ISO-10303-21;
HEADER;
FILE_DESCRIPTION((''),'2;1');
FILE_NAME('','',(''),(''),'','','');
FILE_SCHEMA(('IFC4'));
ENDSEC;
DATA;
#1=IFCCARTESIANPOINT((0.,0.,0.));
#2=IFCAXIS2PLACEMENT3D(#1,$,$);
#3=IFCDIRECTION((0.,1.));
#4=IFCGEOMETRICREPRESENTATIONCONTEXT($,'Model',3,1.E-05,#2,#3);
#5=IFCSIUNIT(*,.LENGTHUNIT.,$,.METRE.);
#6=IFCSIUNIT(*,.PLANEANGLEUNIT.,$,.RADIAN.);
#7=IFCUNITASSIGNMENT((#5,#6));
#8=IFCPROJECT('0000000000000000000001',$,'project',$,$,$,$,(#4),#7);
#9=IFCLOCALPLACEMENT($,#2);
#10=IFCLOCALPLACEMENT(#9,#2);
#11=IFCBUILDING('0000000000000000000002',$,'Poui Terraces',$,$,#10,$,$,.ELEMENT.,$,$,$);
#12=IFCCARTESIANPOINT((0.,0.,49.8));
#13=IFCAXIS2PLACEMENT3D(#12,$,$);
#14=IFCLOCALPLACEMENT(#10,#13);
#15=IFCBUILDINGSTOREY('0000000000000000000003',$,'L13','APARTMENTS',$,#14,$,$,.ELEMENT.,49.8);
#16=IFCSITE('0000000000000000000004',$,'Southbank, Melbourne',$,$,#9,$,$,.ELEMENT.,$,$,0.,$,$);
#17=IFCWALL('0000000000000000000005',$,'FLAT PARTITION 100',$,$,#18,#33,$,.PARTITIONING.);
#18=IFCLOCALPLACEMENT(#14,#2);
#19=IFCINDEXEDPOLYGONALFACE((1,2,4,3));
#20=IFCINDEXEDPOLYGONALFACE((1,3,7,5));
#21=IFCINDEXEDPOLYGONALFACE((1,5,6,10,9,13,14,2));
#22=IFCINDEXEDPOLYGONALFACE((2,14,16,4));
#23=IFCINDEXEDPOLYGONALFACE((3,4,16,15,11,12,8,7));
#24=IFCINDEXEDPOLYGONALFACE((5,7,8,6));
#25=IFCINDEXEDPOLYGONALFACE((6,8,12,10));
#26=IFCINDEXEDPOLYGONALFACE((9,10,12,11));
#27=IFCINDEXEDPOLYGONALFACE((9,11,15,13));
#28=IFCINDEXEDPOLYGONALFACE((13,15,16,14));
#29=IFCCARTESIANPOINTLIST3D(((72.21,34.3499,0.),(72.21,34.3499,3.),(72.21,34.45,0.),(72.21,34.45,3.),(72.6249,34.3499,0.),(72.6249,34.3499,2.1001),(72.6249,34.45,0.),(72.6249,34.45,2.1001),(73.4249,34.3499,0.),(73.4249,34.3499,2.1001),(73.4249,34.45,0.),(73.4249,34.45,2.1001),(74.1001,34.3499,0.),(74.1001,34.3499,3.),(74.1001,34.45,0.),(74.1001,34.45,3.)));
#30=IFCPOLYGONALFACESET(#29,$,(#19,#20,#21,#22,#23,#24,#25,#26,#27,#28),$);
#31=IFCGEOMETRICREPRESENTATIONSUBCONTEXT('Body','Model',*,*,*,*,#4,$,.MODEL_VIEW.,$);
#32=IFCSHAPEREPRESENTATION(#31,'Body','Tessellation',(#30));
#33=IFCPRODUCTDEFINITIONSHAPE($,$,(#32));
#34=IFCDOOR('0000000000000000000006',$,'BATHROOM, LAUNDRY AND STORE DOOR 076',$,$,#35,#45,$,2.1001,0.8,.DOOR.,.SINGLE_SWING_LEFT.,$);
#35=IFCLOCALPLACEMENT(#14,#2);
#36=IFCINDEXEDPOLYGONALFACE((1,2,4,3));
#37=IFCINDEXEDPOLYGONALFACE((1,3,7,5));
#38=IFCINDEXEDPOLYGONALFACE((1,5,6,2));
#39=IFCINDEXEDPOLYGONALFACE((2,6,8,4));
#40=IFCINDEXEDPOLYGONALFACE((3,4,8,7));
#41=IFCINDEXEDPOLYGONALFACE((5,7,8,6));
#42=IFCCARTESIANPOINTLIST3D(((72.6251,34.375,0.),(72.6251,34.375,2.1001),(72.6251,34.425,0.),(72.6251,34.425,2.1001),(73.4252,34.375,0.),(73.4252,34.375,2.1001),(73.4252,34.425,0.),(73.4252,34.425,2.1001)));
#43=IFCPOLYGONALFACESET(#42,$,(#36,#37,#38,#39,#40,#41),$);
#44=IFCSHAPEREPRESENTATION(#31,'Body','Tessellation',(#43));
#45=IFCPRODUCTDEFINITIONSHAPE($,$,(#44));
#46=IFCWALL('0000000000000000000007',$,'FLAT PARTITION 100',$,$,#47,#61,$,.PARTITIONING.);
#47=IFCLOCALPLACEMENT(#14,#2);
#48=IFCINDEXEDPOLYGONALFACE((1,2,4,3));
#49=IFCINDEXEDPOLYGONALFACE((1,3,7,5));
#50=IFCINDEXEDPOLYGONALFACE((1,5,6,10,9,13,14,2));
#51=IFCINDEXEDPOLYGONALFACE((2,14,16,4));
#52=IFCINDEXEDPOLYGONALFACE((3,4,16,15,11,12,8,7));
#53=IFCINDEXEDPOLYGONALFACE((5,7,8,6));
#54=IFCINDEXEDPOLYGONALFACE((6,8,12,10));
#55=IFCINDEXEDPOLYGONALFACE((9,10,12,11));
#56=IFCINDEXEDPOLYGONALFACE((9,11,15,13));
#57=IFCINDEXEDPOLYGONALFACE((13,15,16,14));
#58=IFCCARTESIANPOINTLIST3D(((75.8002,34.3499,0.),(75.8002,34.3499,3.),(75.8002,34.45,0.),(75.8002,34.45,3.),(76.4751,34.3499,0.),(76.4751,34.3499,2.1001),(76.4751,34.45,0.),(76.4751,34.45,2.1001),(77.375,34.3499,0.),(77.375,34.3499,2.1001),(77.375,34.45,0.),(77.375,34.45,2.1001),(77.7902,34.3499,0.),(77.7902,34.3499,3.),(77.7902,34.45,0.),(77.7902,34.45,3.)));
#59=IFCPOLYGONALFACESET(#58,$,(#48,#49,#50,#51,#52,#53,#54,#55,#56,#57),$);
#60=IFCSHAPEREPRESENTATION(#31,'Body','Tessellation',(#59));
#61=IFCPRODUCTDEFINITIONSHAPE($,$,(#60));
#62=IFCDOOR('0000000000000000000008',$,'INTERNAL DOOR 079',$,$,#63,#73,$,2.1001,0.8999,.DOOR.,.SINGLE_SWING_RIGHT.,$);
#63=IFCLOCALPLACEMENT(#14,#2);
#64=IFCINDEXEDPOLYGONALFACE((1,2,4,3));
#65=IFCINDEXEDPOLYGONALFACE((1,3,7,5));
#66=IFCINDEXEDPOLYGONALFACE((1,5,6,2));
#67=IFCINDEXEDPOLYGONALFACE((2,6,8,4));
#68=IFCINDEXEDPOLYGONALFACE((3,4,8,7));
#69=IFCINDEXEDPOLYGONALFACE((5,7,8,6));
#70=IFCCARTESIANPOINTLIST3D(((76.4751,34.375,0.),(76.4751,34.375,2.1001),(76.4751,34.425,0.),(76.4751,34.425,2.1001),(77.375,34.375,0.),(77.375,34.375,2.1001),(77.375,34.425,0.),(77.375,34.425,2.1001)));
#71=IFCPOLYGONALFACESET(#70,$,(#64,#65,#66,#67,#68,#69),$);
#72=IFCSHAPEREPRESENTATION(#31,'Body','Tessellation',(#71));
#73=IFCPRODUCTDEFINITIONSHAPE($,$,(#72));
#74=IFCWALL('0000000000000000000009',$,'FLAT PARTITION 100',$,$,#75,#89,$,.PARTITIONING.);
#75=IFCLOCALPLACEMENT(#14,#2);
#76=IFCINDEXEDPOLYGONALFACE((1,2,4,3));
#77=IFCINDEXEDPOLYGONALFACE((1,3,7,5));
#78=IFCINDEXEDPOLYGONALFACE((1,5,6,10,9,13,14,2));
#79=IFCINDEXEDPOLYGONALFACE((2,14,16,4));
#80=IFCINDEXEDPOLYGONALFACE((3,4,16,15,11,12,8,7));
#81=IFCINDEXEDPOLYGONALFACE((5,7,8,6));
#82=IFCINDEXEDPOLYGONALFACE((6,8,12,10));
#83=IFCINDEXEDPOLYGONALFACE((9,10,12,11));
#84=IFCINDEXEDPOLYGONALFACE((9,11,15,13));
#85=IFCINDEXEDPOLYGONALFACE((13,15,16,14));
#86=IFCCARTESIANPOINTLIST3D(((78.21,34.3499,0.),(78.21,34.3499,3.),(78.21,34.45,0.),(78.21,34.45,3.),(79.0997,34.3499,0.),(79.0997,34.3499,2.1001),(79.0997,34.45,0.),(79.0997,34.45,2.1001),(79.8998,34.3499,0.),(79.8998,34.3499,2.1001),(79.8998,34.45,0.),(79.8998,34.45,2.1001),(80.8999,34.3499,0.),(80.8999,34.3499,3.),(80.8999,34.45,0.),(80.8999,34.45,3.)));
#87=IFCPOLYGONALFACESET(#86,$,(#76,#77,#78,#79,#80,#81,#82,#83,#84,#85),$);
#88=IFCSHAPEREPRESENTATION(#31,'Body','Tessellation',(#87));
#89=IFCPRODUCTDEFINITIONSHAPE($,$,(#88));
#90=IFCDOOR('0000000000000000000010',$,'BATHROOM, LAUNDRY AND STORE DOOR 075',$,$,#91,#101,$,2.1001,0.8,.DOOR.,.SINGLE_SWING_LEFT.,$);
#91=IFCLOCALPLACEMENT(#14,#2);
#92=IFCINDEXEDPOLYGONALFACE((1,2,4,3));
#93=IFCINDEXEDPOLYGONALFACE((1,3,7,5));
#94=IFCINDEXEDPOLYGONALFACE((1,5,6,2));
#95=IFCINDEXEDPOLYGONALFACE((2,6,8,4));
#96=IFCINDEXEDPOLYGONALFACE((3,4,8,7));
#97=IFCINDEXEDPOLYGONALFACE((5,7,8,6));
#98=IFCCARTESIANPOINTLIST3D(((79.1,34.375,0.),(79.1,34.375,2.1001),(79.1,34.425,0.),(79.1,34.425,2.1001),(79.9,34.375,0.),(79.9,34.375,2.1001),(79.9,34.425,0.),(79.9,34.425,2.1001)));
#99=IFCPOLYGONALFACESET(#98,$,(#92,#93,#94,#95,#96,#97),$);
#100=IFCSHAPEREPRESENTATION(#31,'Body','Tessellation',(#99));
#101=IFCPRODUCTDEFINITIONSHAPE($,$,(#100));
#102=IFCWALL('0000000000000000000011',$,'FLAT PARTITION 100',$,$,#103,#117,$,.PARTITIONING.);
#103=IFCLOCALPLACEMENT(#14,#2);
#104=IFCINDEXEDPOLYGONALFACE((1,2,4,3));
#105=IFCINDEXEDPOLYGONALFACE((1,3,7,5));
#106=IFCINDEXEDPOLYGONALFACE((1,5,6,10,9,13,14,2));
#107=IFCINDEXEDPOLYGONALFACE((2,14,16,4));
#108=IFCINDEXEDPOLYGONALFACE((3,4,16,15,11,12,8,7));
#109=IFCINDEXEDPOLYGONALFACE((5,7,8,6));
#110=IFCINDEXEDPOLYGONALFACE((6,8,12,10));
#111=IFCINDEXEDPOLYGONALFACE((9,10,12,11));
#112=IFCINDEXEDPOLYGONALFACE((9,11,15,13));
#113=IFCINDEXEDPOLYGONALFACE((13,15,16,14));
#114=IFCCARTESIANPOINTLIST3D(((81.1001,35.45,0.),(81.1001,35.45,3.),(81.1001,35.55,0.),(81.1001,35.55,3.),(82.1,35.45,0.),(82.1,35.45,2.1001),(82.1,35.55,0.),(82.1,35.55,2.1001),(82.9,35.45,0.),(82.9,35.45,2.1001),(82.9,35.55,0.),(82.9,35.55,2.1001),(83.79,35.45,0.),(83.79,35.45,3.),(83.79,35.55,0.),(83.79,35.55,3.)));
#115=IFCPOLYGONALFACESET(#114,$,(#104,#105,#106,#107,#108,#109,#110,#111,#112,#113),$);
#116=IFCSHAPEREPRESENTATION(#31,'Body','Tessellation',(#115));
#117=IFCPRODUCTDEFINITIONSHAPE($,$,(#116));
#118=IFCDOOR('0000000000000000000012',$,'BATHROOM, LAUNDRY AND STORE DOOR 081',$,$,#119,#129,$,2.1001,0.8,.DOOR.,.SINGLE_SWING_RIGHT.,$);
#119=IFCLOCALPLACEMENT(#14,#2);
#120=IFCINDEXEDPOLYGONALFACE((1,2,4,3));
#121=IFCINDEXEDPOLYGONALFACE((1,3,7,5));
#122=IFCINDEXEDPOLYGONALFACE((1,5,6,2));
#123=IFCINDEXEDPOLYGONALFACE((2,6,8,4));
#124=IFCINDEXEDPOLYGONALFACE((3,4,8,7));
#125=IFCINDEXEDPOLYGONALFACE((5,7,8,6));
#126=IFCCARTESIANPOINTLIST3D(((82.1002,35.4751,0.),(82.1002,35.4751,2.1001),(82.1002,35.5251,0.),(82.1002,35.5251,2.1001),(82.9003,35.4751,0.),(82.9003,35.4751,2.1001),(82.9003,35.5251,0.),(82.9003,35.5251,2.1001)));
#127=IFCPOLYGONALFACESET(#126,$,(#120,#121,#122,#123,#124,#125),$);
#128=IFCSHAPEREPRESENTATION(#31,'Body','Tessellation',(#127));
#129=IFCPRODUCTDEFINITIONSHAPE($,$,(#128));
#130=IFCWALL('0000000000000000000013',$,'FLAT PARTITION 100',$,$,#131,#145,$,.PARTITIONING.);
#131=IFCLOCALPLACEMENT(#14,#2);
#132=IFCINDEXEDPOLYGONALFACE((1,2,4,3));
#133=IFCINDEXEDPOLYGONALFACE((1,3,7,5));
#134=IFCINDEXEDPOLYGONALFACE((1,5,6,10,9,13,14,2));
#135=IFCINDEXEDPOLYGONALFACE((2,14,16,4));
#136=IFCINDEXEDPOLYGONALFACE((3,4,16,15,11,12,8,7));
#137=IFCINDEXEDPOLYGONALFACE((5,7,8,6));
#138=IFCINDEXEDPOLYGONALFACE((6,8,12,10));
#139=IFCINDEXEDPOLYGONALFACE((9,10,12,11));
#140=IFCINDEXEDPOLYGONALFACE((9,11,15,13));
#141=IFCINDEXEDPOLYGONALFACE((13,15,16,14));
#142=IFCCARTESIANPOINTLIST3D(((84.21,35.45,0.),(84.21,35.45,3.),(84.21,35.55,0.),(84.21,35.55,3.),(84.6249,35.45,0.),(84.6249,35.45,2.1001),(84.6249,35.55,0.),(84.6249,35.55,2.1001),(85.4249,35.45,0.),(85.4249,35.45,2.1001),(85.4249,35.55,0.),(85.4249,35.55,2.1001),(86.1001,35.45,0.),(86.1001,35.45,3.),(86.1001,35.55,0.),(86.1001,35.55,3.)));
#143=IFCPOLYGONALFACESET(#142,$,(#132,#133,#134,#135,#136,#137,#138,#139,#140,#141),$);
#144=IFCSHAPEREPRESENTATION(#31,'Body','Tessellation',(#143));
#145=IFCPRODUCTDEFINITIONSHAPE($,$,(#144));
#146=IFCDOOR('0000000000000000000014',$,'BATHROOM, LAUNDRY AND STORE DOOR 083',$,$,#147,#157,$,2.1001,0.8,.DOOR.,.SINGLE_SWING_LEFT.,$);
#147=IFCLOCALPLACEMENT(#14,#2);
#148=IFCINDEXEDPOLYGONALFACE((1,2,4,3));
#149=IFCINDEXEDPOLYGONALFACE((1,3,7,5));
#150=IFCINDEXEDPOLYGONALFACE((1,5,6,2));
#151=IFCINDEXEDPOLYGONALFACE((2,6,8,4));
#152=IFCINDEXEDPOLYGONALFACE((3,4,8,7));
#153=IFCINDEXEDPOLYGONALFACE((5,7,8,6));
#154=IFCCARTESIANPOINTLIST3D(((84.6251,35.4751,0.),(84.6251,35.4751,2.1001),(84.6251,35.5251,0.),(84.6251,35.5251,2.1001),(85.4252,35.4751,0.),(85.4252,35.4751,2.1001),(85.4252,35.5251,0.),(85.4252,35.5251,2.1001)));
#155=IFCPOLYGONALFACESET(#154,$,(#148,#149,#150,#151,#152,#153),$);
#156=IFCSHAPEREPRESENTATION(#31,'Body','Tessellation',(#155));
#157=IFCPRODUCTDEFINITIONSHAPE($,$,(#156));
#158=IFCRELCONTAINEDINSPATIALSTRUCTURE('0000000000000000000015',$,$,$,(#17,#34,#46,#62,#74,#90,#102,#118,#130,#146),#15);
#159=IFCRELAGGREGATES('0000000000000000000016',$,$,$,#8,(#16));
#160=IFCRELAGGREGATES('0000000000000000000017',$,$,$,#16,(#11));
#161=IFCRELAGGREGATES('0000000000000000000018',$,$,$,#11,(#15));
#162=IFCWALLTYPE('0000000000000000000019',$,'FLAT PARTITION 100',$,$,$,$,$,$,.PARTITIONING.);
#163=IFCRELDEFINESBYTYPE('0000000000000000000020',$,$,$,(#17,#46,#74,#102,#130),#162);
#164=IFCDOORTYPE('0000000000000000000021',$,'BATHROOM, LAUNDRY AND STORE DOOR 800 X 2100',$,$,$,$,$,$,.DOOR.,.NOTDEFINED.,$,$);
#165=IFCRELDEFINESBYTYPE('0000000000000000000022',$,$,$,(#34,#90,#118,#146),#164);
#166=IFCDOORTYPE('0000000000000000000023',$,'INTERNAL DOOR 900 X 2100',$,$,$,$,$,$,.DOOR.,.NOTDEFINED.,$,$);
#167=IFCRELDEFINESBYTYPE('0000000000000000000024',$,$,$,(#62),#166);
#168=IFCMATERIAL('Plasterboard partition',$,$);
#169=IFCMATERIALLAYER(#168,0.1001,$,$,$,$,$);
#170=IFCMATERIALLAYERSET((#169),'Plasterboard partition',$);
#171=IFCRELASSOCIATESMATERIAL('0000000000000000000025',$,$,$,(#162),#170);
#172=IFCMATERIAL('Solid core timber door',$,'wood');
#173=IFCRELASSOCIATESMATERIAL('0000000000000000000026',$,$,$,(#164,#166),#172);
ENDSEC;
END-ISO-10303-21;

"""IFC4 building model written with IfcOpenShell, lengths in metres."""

from ifc_helpers import new_model, si_unit, direction, frame, frame_2d, origin, place, context, subcontext, project, spatial, rectangle, extrude, material, layer, layer_set, type_object, element, fill, save


model = new_model("IFC4")

# Units and contexts
model_context = context("Model", 3, precision=1e-05, world=origin(), true_north=direction((0.0, 1.0)))
body_context = subcontext(model_context, "Body", "Model", "MODEL_VIEW")
ifc_project = project(units=[si_unit("LENGTHUNIT", "METRE"), si_unit("PLANEANGLEUNIT", "RADIAN")], contexts=[model_context])

# Site, building, storey
site_placement = place(None, origin())
site = spatial("IfcSite", under=ifc_project, at=site_placement, Name="Southbank, Melbourne", CompositionType="ELEMENT", RefElevation=0.0)
building_placement = place(site_placement, origin())
building = spatial("IfcBuilding", under=site, at=building_placement, Name="Poui Terraces", CompositionType="ELEMENT")
storey_placement = place(building_placement, frame((0.0, 0.0, 49.8)))
storey = spatial("IfcBuildingStorey", under=building, at=storey_placement, Name="L13", Description="APARTMENTS", CompositionType="ELEMENT", Elevation=49.8)

# Walls, openings, doors
ifc_material_1 = material(Name="Plasterboard partition")
ifc_layer_1 = layer(ifc_material_1, 0.1001)
ifc_layer_set_1 = layer_set([ifc_layer_1], Name="Plasterboard partition")
wall_type_1 = type_object("IfcWallType", Name="FLAT PARTITION 100", PredefinedType="PARTITIONING", material=ifc_layer_set_1)
wall_1_placement = place(storey_placement, frame((72.21, 34.3999, 0.0), z_axis=(0.0, 0.0, 1.0), x_axis=(1.0, 0.0, 0.0)))
wall_1 = element("IfcWall", 1, at=wall_1_placement, inside=storey, type_object=wall_type_1, Name="FLAT PARTITION 100", PredefinedType="PARTITIONING", context=body_context, shape_type="SweptSolid", body=[
    extrude(rectangle(XDim=1.8901, YDim=0.1001, at=frame_2d((0.9451, 0.0))), origin(), (0.0, 0.0, 1.0), 3.0),
])
opening_1_placement = place(wall_1_placement, frame((0.415, 0.0, 0.0)))
opening_1 = element("IfcOpeningElement", 2, at=opening_1_placement, cuts=wall_1, PredefinedType="OPENING", context=body_context, shape_type="SweptSolid", body=[
    extrude(rectangle(XDim=0.8, YDim=2.1001, at=frame_2d((0.3999, 1.05))), frame((0.0, 0.0601, 0.0), z_axis=(0.0, -1.0, 0.0), x_axis=(1.0, 0.0, 0.0)), (0.0, 0.0, 1.0), 0.1201),
])
ifc_material_2 = material(Name="Solid core timber door", Category="wood")
door_type_1 = type_object("IfcDoorType", Name="BATHROOM, LAUNDRY AND STORE DOOR 800 X 2100", OperationType="NOTDEFINED", PredefinedType="DOOR", material=ifc_material_2)
door_1_placement = place(opening_1_placement, frame((0.8, 0.0, 0.0), z_axis=(0.0, 0.0, 1.0), x_axis=(-1.0, 0.0, 0.0)))
door_1 = element("IfcDoor", 3, at=door_1_placement, inside=storey, type_object=door_type_1, Name="BATHROOM, LAUNDRY AND STORE DOOR 076", OperationType="SINGLE_SWING_LEFT", OverallHeight=2.1001, OverallWidth=0.8, PredefinedType="DOOR", context=body_context, shape_type="SweptSolid", body=[
    extrude(rectangle(XDim=0.8, YDim=2.1001, at=frame_2d((0.3999, 1.05))), frame((0.0, 0.0249, 0.0), z_axis=(0.0, -1.0, 0.0), x_axis=(1.0, 0.0, 0.0)), (0.0, 0.0, 1.0), 0.05),
])
fill(opening_1, door_1)
wall_2_placement = place(storey_placement, frame((75.8, 34.3999, 0.0), z_axis=(0.0, 0.0, 1.0), x_axis=(1.0, 0.0, 0.0)))
wall_2 = element("IfcWall", 4, at=wall_2_placement, inside=storey, type_object=wall_type_1, Name="FLAT PARTITION 100", PredefinedType="PARTITIONING", context=body_context, shape_type="SweptSolid", body=[
    extrude(rectangle(XDim=1.99, YDim=0.1001, at=frame_2d((0.9951, 0.0))), origin(), (0.0, 0.0, 1.0), 3.0),
])
opening_2_placement = place(wall_2_placement, frame((0.675, 0.0, 0.0)))
opening_2 = element("IfcOpeningElement", 5, at=opening_2_placement, cuts=wall_2, PredefinedType="OPENING", context=body_context, shape_type="SweptSolid", body=[
    extrude(rectangle(XDim=0.8999, YDim=2.1001, at=frame_2d((0.45, 1.05))), frame((0.0, 0.0601, 0.0), z_axis=(0.0, -1.0, 0.0), x_axis=(1.0, 0.0, 0.0)), (0.0, 0.0, 1.0), 0.1201),
])
door_type_2 = type_object("IfcDoorType", Name="INTERNAL DOOR 900 X 2100", OperationType="NOTDEFINED", PredefinedType="DOOR", material=ifc_material_2)
door_2_placement = place(opening_2_placement, frame((0.8999, 0.0, 0.0), z_axis=(0.0, 0.0, 1.0), x_axis=(-1.0, 0.0, 0.0)))
door_2 = element("IfcDoor", 6, at=door_2_placement, inside=storey, type_object=door_type_2, Name="INTERNAL DOOR 079", OperationType="SINGLE_SWING_RIGHT", OverallHeight=2.1001, OverallWidth=0.8999, PredefinedType="DOOR", context=body_context, shape_type="SweptSolid", body=[
    extrude(rectangle(XDim=0.8999, YDim=2.1001, at=frame_2d((0.45, 1.05))), frame((0.0, 0.0249, 0.0), z_axis=(0.0, -1.0, 0.0), x_axis=(1.0, 0.0, 0.0)), (0.0, 0.0, 1.0), 0.05),
])
fill(opening_2, door_2)
wall_3_placement = place(storey_placement, frame((78.21, 34.3999, 0.0), z_axis=(0.0, 0.0, 1.0), x_axis=(1.0, 0.0, 0.0)))
wall_3 = element("IfcWall", 7, at=wall_3_placement, inside=storey, type_object=wall_type_1, Name="FLAT PARTITION 100", PredefinedType="PARTITIONING", context=body_context, shape_type="SweptSolid", body=[
    extrude(rectangle(XDim=2.6899, YDim=0.1001, at=frame_2d((1.345, 0.0))), origin(), (0.0, 0.0, 1.0), 3.0),
])
opening_3_placement = place(wall_3_placement, frame((0.8899, 0.0, 0.0)))
opening_3 = element("IfcOpeningElement", 8, at=opening_3_placement, cuts=wall_3, PredefinedType="OPENING", context=body_context, shape_type="SweptSolid", body=[
    extrude(rectangle(XDim=0.8, YDim=2.1001, at=frame_2d((0.3999, 1.05))), frame((0.0, 0.0601, 0.0), z_axis=(0.0, -1.0, 0.0), x_axis=(1.0, 0.0, 0.0)), (0.0, 0.0, 1.0), 0.1201),
])
door_3_placement = place(opening_3_placement, frame((0.8, 0.0, 0.0), z_axis=(0.0, 0.0, 1.0), x_axis=(-1.0, 0.0, 0.0)))
door_3 = element("IfcDoor", 9, at=door_3_placement, inside=storey, type_object=door_type_1, Name="BATHROOM, LAUNDRY AND STORE DOOR 075", OperationType="SINGLE_SWING_LEFT", OverallHeight=2.1001, OverallWidth=0.8, PredefinedType="DOOR", context=body_context, shape_type="SweptSolid", body=[
    extrude(rectangle(XDim=0.8, YDim=2.1001, at=frame_2d((0.3999, 1.05))), frame((0.0, 0.0249, 0.0), z_axis=(0.0, -1.0, 0.0), x_axis=(1.0, 0.0, 0.0)), (0.0, 0.0, 1.0), 0.05),
])
fill(opening_3, door_3)
wall_4_placement = place(storey_placement, frame((81.1001, 35.5, 0.0), z_axis=(0.0, 0.0, 1.0), x_axis=(1.0, 0.0, 0.0)))
wall_4 = element("IfcWall", 10, at=wall_4_placement, inside=storey, type_object=wall_type_1, Name="FLAT PARTITION 100", PredefinedType="PARTITIONING", context=body_context, shape_type="SweptSolid", body=[
    extrude(rectangle(XDim=2.6899, YDim=0.1001, at=frame_2d((1.345, 0.0))), origin(), (0.0, 0.0, 1.0), 3.0),
])
opening_4_placement = place(wall_4_placement, frame((1.0, 0.0, 0.0)))
opening_4 = element("IfcOpeningElement", 11, at=opening_4_placement, cuts=wall_4, PredefinedType="OPENING", context=body_context, shape_type="SweptSolid", body=[
    extrude(rectangle(XDim=0.8, YDim=2.1001, at=frame_2d((0.3999, 1.05))), frame((0.0, 0.0601, 0.0), z_axis=(0.0, -1.0, 0.0), x_axis=(1.0, 0.0, 0.0)), (0.0, 0.0, 1.0), 0.1201),
])
door_4_placement = place(opening_4_placement, frame((0.8, 0.0, 0.0), z_axis=(0.0, 0.0, 1.0), x_axis=(-1.0, 0.0, 0.0)))
door_4 = element("IfcDoor", 12, at=door_4_placement, inside=storey, type_object=door_type_1, Name="BATHROOM, LAUNDRY AND STORE DOOR 081", OperationType="SINGLE_SWING_RIGHT", OverallHeight=2.1001, OverallWidth=0.8, PredefinedType="DOOR", context=body_context, shape_type="SweptSolid", body=[
    extrude(rectangle(XDim=0.8, YDim=2.1001, at=frame_2d((0.3999, 1.05))), frame((0.0, 0.0249, 0.0), z_axis=(0.0, -1.0, 0.0), x_axis=(1.0, 0.0, 0.0)), (0.0, 0.0, 1.0), 0.05),
])
fill(opening_4, door_4)
wall_5_placement = place(storey_placement, frame((84.21, 35.5, 0.0), z_axis=(0.0, 0.0, 1.0), x_axis=(1.0, 0.0, 0.0)))
wall_5 = element("IfcWall", 13, at=wall_5_placement, inside=storey, type_object=wall_type_1, Name="FLAT PARTITION 100", PredefinedType="PARTITIONING", context=body_context, shape_type="SweptSolid", body=[
    extrude(rectangle(XDim=1.8901, YDim=0.1001, at=frame_2d((0.9451, 0.0))), origin(), (0.0, 0.0, 1.0), 3.0),
])
opening_5_placement = place(wall_5_placement, frame((0.415, 0.0, 0.0)))
opening_5 = element("IfcOpeningElement", 14, at=opening_5_placement, cuts=wall_5, PredefinedType="OPENING", context=body_context, shape_type="SweptSolid", body=[
    extrude(rectangle(XDim=0.8, YDim=2.1001, at=frame_2d((0.3999, 1.05))), frame((0.0, 0.0601, 0.0), z_axis=(0.0, -1.0, 0.0), x_axis=(1.0, 0.0, 0.0)), (0.0, 0.0, 1.0), 0.1201),
])
door_5_placement = place(opening_5_placement, frame((0.8, 0.0, 0.0), z_axis=(0.0, 0.0, 1.0), x_axis=(-1.0, 0.0, 0.0)))
door_5 = element("IfcDoor", 15, at=door_5_placement, inside=storey, type_object=door_type_1, Name="BATHROOM, LAUNDRY AND STORE DOOR 083", OperationType="SINGLE_SWING_LEFT", OverallHeight=2.1001, OverallWidth=0.8, PredefinedType="DOOR", context=body_context, shape_type="SweptSolid", body=[
    extrude(rectangle(XDim=0.8, YDim=2.1001, at=frame_2d((0.3999, 1.05))), frame((0.0, 0.0249, 0.0), z_axis=(0.0, -1.0, 0.0), x_axis=(1.0, 0.0, 0.0)), (0.0, 0.0, 1.0), 0.05),
])
fill(opening_5, door_5)

save(model, "model.ifc")
